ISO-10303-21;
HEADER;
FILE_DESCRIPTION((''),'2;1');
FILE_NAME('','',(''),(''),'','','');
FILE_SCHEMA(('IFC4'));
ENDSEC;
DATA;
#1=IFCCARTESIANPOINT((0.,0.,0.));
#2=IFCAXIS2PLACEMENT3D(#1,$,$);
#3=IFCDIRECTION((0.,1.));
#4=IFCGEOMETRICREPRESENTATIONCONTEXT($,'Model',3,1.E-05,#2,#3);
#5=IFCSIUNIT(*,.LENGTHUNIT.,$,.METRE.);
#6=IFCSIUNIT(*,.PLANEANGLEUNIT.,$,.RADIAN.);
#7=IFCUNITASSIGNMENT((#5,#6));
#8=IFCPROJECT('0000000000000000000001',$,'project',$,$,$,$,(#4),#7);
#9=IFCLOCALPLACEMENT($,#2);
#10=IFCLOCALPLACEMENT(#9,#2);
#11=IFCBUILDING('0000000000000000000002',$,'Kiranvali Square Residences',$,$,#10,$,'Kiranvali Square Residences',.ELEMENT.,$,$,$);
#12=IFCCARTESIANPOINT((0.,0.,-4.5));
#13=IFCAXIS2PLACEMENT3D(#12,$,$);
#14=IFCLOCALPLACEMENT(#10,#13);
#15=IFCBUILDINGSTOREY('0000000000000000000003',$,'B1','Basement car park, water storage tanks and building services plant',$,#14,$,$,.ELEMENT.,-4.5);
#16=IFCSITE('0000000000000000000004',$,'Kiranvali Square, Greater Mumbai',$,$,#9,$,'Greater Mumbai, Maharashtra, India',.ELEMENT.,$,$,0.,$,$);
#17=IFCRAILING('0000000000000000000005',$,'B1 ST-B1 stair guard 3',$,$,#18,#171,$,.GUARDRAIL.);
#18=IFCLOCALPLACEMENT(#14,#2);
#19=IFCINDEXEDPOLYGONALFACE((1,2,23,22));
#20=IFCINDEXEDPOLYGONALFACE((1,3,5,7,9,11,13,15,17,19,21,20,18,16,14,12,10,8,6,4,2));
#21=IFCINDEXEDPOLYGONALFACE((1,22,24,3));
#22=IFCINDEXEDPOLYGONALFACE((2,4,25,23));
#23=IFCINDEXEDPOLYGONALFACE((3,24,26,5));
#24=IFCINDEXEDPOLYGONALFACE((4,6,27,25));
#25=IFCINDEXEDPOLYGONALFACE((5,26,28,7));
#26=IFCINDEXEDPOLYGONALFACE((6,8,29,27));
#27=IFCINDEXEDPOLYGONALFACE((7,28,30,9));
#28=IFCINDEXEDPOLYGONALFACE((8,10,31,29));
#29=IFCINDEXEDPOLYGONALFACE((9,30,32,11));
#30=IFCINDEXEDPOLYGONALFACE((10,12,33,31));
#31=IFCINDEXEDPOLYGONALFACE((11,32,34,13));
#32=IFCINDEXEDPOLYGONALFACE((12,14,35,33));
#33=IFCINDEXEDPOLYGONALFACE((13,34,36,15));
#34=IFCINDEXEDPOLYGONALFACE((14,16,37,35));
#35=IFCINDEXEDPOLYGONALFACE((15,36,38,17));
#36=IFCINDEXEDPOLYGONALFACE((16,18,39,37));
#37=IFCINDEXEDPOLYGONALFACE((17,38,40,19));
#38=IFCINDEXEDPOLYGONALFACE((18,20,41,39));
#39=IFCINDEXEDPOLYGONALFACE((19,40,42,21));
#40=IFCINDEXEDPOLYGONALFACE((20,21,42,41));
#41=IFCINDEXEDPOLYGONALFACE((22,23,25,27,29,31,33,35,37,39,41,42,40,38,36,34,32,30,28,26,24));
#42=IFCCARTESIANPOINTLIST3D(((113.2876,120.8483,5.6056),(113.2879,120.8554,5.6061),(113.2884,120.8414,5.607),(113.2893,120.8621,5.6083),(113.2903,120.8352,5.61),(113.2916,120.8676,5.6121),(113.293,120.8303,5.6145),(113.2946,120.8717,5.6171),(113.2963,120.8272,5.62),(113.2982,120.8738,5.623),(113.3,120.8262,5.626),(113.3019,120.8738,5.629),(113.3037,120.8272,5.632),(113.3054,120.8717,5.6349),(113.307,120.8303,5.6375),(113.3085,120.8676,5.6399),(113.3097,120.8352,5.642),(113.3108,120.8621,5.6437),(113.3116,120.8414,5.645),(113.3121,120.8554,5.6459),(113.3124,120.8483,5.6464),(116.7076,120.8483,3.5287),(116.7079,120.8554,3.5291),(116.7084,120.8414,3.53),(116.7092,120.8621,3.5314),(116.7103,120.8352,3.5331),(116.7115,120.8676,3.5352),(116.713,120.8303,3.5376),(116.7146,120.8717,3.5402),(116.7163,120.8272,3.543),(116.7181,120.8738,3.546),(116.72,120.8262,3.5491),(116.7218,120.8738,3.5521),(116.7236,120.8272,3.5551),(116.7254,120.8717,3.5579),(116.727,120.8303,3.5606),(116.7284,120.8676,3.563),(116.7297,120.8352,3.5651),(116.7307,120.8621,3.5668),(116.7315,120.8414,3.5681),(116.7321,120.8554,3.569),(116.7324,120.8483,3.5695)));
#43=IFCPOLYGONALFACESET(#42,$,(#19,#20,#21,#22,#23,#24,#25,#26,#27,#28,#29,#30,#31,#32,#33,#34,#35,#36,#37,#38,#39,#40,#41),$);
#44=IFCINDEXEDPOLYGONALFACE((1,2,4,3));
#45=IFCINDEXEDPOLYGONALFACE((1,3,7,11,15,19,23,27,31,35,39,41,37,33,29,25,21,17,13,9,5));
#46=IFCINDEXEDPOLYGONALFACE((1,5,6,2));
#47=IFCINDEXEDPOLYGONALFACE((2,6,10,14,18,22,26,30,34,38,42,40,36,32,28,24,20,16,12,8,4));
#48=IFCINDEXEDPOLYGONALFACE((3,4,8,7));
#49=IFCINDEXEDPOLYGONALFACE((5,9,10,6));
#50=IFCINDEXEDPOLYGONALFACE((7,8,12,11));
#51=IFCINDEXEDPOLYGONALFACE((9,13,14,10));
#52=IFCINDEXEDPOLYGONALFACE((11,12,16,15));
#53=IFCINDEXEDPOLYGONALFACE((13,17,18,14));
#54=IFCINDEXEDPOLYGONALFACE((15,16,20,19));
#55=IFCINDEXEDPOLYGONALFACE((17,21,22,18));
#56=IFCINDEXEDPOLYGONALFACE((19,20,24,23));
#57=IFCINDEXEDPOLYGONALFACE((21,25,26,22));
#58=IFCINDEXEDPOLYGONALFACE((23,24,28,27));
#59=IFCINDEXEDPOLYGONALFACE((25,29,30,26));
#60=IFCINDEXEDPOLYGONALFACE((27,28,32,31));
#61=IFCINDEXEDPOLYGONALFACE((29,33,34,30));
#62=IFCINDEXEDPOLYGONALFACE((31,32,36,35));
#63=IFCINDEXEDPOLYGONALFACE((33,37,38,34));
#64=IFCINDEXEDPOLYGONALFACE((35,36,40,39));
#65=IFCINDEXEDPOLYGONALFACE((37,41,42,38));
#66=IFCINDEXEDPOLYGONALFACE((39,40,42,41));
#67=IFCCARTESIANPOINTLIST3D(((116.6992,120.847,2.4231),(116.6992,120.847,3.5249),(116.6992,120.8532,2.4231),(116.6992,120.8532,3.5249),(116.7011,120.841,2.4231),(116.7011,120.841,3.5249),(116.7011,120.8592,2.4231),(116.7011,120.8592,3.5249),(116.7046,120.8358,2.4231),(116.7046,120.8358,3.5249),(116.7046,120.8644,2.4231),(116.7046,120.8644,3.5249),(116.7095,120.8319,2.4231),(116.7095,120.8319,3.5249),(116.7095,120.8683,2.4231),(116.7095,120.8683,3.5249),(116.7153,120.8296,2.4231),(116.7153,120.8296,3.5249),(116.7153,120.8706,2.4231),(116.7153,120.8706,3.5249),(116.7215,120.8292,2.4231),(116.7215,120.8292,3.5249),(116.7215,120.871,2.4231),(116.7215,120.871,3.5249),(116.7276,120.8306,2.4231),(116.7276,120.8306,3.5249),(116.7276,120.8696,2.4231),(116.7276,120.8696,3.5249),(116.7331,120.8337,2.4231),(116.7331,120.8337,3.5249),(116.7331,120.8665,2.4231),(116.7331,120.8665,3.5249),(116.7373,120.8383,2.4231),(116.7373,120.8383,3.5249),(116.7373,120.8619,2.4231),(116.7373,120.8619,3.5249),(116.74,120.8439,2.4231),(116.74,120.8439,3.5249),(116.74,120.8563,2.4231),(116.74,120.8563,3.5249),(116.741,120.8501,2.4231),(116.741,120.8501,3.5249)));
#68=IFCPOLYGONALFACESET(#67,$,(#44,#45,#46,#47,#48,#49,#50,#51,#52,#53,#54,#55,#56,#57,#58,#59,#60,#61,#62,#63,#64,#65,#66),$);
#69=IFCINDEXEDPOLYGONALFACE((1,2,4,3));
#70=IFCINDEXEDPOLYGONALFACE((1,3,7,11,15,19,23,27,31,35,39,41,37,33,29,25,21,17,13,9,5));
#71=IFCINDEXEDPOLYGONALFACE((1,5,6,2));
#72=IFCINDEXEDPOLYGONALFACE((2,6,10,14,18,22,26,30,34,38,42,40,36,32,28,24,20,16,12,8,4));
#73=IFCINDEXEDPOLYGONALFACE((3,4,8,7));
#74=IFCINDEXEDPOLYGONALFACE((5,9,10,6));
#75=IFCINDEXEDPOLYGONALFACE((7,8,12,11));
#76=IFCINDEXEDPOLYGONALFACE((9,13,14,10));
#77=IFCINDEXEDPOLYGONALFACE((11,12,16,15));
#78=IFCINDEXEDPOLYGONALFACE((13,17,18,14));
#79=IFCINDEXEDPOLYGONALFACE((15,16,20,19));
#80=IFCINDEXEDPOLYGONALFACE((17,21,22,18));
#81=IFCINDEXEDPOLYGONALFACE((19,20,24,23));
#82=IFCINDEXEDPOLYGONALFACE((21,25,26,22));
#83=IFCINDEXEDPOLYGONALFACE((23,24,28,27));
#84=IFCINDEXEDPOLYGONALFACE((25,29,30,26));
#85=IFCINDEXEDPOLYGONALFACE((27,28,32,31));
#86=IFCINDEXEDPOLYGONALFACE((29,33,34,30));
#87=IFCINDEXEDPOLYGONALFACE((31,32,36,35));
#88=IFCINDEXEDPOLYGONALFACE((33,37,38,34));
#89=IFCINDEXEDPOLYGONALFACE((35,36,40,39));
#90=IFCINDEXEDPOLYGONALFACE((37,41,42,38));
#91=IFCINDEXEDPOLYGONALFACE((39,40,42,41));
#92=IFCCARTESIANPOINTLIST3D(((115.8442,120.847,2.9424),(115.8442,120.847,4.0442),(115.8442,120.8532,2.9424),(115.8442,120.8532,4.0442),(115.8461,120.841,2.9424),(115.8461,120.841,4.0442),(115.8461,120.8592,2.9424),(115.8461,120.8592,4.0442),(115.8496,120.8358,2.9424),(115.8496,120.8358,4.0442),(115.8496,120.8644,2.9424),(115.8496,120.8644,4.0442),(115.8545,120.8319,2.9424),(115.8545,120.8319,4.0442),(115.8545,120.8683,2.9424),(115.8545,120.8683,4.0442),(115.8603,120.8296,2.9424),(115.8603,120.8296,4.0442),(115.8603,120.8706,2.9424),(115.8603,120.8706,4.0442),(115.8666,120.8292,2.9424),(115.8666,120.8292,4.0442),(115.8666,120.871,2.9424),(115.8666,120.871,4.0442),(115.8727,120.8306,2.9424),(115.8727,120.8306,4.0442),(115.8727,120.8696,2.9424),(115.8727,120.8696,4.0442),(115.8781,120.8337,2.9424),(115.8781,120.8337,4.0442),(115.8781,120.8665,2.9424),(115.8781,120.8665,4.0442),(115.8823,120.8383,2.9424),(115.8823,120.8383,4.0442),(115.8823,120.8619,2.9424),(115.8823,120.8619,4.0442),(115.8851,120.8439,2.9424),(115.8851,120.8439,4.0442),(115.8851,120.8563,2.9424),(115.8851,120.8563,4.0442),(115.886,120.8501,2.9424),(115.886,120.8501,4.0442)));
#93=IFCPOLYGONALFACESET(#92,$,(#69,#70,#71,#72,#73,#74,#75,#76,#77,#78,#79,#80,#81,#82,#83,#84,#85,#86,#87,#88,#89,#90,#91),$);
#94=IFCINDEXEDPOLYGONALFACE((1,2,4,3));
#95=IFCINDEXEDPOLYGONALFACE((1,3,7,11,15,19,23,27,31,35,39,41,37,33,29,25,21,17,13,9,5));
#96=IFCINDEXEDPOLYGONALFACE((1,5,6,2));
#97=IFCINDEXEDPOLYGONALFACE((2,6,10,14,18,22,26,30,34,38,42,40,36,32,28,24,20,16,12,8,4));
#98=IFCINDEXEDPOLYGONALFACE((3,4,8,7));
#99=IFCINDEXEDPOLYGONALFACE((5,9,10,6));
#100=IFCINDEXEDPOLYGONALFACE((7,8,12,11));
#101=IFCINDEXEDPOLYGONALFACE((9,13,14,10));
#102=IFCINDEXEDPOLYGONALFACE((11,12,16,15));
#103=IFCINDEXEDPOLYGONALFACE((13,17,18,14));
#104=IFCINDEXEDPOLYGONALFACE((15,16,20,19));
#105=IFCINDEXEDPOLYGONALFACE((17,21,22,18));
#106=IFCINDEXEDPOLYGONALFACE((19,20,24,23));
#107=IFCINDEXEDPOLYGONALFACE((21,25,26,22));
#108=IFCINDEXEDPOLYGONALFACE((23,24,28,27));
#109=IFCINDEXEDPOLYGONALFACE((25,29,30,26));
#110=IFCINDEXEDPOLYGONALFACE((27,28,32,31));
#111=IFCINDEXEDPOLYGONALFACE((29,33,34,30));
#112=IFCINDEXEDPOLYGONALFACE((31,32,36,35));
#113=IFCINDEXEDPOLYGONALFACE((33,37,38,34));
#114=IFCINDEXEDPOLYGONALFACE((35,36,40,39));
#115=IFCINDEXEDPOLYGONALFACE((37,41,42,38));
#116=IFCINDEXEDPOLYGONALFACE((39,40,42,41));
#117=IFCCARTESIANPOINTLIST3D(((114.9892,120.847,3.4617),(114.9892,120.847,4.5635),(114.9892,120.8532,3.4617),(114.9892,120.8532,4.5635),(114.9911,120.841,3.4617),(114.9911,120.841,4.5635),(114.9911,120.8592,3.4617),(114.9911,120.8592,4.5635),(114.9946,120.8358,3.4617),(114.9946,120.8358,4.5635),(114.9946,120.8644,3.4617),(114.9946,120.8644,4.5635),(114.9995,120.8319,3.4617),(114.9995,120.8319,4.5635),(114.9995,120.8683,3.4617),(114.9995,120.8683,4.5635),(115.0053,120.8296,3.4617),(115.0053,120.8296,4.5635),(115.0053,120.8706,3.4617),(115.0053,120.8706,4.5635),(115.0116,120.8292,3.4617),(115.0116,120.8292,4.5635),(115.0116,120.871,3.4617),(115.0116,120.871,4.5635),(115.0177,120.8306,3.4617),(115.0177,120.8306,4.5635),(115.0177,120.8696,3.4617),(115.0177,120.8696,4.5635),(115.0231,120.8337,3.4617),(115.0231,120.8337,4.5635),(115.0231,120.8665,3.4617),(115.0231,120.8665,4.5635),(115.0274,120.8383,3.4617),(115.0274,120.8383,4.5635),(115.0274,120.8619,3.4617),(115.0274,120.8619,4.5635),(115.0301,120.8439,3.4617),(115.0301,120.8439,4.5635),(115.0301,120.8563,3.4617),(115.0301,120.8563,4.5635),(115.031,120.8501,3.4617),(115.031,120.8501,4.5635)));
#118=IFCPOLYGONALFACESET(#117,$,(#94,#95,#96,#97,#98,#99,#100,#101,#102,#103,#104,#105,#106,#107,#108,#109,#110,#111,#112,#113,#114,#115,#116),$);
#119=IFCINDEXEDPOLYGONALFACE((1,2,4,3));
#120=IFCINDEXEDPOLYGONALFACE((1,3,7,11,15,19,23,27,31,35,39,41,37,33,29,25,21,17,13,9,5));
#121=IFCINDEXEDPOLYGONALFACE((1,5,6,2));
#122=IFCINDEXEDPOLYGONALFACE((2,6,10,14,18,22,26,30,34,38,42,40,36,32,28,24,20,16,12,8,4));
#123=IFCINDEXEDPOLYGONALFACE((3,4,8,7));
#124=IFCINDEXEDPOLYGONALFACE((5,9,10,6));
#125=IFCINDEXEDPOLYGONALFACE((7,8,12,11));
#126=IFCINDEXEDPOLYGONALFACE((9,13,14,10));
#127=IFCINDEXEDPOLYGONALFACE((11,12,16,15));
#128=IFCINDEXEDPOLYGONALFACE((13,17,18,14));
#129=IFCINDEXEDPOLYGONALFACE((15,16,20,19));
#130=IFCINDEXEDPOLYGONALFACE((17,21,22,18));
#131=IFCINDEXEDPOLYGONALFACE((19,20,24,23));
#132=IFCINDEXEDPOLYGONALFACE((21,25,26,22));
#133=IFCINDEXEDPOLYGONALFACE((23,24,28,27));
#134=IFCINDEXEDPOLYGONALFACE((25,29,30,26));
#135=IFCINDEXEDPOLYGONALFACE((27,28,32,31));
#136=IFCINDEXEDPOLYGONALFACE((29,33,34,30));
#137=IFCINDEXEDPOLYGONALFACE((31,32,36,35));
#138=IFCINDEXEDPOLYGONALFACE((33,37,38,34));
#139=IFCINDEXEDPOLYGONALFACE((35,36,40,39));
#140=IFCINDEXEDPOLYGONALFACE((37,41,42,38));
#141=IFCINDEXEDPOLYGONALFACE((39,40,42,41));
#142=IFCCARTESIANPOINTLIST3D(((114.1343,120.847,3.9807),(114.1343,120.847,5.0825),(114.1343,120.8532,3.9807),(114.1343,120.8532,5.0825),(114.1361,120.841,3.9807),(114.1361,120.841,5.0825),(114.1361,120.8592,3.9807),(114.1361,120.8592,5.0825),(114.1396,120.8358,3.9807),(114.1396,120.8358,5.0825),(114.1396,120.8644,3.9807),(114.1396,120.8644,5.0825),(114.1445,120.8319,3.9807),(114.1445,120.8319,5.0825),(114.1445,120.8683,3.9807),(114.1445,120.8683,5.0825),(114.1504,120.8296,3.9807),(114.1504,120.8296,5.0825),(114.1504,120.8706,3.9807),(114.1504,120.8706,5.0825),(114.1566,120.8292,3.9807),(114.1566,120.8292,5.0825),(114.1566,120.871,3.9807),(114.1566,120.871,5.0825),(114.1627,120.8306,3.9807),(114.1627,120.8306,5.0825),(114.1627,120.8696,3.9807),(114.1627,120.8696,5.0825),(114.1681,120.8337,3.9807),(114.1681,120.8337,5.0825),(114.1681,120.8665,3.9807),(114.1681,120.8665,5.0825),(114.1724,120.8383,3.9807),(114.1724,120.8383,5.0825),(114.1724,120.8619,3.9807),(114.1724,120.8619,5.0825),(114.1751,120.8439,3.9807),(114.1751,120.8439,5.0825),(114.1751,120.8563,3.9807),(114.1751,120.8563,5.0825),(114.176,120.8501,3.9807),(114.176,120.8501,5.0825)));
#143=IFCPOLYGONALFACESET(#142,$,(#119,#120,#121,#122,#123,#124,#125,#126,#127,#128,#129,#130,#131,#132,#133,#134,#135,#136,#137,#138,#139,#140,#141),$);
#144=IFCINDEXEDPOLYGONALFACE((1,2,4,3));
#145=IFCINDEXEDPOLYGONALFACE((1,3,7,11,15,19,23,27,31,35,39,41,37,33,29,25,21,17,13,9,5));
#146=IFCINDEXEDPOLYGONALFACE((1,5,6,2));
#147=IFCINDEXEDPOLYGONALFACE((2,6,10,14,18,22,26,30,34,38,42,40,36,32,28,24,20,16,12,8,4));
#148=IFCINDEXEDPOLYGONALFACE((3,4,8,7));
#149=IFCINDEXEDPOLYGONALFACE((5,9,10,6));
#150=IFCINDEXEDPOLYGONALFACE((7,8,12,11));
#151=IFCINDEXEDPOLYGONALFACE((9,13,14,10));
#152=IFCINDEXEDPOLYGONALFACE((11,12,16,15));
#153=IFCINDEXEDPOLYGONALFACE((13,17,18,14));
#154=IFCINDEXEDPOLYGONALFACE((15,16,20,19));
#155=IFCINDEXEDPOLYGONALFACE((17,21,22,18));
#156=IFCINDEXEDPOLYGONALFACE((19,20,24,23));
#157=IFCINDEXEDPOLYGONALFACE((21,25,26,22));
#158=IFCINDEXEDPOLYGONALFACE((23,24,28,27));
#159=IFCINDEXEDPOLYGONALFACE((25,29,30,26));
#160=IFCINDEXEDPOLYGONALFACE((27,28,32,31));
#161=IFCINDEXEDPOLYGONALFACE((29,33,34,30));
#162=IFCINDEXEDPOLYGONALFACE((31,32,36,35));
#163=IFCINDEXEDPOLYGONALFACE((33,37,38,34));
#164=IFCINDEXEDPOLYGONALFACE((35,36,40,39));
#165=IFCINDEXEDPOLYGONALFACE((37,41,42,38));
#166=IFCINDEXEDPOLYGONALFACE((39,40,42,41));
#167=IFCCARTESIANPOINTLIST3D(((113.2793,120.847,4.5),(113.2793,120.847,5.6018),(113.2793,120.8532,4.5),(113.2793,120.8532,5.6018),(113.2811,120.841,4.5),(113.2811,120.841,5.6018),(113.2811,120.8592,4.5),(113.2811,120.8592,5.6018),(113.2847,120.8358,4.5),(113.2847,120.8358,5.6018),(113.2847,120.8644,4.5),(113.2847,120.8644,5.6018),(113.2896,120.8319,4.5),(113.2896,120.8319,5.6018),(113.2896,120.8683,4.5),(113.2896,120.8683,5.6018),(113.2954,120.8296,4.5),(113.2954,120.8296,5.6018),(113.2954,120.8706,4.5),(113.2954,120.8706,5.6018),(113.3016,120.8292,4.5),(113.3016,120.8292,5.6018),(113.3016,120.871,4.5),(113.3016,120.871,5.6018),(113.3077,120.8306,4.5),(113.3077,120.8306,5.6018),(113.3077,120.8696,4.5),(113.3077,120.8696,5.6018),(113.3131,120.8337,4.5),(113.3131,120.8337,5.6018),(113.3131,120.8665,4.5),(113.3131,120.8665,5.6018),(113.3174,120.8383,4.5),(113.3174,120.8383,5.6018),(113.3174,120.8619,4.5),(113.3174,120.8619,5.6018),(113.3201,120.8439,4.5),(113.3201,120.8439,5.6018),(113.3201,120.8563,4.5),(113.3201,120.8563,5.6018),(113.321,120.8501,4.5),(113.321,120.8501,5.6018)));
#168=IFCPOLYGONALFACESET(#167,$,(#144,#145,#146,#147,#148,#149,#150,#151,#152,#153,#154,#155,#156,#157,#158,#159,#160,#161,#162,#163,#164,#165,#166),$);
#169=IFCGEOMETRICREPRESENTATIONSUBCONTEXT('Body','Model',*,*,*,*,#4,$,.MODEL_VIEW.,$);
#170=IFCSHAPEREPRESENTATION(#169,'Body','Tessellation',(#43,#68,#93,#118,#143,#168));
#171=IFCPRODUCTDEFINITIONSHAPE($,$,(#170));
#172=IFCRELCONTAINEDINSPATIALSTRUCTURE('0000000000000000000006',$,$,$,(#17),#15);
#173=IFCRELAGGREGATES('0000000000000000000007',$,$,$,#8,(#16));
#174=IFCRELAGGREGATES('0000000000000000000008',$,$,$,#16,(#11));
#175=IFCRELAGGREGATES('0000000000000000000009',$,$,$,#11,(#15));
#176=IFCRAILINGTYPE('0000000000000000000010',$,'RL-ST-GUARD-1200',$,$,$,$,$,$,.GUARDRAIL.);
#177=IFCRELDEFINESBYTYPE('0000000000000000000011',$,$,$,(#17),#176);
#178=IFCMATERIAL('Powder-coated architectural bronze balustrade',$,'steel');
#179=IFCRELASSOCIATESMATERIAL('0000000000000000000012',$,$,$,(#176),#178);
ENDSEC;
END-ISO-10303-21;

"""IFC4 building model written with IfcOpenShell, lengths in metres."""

from ifc_helpers import new_model, si_unit, direction, frame, origin, origin_2d, place, context, subcontext, project, spatial, circle, extrude, material, type_object, element, save


model = new_model("IFC4")

# Units and contexts
model_context = context("Model", 3, precision=1e-05, world=origin(), true_north=direction((0.0, 1.0)))
body_context = subcontext(model_context, "Body", "Model", "MODEL_VIEW")
ifc_project = project(units=[si_unit("LENGTHUNIT", "METRE"), si_unit("PLANEANGLEUNIT", "RADIAN")], contexts=[model_context])

# Site, building, storey
site_placement = place(None, origin())
site = spatial("IfcSite", under=ifc_project, at=site_placement, Name="Kiranvali Square, Greater Mumbai", LongName="Greater Mumbai, Maharashtra, India", CompositionType="ELEMENT", RefElevation=0.0)
building_placement = place(site_placement, origin())
building = spatial("IfcBuilding", under=site, at=building_placement, Name="Kiranvali Square Residences", LongName="Kiranvali Square Residences", CompositionType="ELEMENT")
storey_placement = place(building_placement, frame((0.0, 0.0, -4.5)))
storey = spatial("IfcBuildingStorey", under=building, at=storey_placement, Name="B1", Description="Basement car park, water storage tanks and building services plant", CompositionType="ELEMENT", Elevation=-4.5)

# Railing
ifc_material_1 = material(Name="Powder-coated architectural bronze balustrade", Category="steel")
railing_type_1 = type_object("IfcRailingType", Name="RL-ST-GUARD-1200", PredefinedType="GUARDRAIL", material=ifc_material_1)
railing_1_placement = place(storey_placement, frame((116.72, 120.8501, 2.4231)))
element("IfcRailing", 1, at=railing_1_placement, inside=storey, type_object=railing_type_1, Name="B1 ST-B1 stair guard 3", PredefinedType="GUARDRAIL", context=body_context, shape_type="SweptSolid", body=[
    extrude(circle(Radius=0.0239, at=origin_2d()), frame((0.0, 0.0, 1.126), z_axis=(-0.85473, 0.0, 0.519074), x_axis=(0.0, -1.0, 0.0)), (0.0, 0.0, 1.0), 4.0012),
    extrude(circle(Radius=0.021, at=origin_2d()), origin(), (0.0, 0.0, 1.0), 1.1018),
    extrude(circle(Radius=0.021, at=origin_2d()), frame((-0.855, 0.0, 0.5193)), (0.0, 0.0, 1.0), 1.1018),
    extrude(circle(Radius=0.021, at=origin_2d()), frame((-1.71, 0.0, 1.0386)), (0.0, 0.0, 1.0), 1.1018),
    extrude(circle(Radius=0.021, at=origin_2d()), frame((-2.5649, 0.0, 1.5576)), (0.0, 0.0, 1.0), 1.1018),
    extrude(circle(Radius=0.021, at=origin_2d()), frame((-3.4199, 0.0, 2.0769)), (0.0, 0.0, 1.0), 1.1018),
])

save(model, "model.ifc")
